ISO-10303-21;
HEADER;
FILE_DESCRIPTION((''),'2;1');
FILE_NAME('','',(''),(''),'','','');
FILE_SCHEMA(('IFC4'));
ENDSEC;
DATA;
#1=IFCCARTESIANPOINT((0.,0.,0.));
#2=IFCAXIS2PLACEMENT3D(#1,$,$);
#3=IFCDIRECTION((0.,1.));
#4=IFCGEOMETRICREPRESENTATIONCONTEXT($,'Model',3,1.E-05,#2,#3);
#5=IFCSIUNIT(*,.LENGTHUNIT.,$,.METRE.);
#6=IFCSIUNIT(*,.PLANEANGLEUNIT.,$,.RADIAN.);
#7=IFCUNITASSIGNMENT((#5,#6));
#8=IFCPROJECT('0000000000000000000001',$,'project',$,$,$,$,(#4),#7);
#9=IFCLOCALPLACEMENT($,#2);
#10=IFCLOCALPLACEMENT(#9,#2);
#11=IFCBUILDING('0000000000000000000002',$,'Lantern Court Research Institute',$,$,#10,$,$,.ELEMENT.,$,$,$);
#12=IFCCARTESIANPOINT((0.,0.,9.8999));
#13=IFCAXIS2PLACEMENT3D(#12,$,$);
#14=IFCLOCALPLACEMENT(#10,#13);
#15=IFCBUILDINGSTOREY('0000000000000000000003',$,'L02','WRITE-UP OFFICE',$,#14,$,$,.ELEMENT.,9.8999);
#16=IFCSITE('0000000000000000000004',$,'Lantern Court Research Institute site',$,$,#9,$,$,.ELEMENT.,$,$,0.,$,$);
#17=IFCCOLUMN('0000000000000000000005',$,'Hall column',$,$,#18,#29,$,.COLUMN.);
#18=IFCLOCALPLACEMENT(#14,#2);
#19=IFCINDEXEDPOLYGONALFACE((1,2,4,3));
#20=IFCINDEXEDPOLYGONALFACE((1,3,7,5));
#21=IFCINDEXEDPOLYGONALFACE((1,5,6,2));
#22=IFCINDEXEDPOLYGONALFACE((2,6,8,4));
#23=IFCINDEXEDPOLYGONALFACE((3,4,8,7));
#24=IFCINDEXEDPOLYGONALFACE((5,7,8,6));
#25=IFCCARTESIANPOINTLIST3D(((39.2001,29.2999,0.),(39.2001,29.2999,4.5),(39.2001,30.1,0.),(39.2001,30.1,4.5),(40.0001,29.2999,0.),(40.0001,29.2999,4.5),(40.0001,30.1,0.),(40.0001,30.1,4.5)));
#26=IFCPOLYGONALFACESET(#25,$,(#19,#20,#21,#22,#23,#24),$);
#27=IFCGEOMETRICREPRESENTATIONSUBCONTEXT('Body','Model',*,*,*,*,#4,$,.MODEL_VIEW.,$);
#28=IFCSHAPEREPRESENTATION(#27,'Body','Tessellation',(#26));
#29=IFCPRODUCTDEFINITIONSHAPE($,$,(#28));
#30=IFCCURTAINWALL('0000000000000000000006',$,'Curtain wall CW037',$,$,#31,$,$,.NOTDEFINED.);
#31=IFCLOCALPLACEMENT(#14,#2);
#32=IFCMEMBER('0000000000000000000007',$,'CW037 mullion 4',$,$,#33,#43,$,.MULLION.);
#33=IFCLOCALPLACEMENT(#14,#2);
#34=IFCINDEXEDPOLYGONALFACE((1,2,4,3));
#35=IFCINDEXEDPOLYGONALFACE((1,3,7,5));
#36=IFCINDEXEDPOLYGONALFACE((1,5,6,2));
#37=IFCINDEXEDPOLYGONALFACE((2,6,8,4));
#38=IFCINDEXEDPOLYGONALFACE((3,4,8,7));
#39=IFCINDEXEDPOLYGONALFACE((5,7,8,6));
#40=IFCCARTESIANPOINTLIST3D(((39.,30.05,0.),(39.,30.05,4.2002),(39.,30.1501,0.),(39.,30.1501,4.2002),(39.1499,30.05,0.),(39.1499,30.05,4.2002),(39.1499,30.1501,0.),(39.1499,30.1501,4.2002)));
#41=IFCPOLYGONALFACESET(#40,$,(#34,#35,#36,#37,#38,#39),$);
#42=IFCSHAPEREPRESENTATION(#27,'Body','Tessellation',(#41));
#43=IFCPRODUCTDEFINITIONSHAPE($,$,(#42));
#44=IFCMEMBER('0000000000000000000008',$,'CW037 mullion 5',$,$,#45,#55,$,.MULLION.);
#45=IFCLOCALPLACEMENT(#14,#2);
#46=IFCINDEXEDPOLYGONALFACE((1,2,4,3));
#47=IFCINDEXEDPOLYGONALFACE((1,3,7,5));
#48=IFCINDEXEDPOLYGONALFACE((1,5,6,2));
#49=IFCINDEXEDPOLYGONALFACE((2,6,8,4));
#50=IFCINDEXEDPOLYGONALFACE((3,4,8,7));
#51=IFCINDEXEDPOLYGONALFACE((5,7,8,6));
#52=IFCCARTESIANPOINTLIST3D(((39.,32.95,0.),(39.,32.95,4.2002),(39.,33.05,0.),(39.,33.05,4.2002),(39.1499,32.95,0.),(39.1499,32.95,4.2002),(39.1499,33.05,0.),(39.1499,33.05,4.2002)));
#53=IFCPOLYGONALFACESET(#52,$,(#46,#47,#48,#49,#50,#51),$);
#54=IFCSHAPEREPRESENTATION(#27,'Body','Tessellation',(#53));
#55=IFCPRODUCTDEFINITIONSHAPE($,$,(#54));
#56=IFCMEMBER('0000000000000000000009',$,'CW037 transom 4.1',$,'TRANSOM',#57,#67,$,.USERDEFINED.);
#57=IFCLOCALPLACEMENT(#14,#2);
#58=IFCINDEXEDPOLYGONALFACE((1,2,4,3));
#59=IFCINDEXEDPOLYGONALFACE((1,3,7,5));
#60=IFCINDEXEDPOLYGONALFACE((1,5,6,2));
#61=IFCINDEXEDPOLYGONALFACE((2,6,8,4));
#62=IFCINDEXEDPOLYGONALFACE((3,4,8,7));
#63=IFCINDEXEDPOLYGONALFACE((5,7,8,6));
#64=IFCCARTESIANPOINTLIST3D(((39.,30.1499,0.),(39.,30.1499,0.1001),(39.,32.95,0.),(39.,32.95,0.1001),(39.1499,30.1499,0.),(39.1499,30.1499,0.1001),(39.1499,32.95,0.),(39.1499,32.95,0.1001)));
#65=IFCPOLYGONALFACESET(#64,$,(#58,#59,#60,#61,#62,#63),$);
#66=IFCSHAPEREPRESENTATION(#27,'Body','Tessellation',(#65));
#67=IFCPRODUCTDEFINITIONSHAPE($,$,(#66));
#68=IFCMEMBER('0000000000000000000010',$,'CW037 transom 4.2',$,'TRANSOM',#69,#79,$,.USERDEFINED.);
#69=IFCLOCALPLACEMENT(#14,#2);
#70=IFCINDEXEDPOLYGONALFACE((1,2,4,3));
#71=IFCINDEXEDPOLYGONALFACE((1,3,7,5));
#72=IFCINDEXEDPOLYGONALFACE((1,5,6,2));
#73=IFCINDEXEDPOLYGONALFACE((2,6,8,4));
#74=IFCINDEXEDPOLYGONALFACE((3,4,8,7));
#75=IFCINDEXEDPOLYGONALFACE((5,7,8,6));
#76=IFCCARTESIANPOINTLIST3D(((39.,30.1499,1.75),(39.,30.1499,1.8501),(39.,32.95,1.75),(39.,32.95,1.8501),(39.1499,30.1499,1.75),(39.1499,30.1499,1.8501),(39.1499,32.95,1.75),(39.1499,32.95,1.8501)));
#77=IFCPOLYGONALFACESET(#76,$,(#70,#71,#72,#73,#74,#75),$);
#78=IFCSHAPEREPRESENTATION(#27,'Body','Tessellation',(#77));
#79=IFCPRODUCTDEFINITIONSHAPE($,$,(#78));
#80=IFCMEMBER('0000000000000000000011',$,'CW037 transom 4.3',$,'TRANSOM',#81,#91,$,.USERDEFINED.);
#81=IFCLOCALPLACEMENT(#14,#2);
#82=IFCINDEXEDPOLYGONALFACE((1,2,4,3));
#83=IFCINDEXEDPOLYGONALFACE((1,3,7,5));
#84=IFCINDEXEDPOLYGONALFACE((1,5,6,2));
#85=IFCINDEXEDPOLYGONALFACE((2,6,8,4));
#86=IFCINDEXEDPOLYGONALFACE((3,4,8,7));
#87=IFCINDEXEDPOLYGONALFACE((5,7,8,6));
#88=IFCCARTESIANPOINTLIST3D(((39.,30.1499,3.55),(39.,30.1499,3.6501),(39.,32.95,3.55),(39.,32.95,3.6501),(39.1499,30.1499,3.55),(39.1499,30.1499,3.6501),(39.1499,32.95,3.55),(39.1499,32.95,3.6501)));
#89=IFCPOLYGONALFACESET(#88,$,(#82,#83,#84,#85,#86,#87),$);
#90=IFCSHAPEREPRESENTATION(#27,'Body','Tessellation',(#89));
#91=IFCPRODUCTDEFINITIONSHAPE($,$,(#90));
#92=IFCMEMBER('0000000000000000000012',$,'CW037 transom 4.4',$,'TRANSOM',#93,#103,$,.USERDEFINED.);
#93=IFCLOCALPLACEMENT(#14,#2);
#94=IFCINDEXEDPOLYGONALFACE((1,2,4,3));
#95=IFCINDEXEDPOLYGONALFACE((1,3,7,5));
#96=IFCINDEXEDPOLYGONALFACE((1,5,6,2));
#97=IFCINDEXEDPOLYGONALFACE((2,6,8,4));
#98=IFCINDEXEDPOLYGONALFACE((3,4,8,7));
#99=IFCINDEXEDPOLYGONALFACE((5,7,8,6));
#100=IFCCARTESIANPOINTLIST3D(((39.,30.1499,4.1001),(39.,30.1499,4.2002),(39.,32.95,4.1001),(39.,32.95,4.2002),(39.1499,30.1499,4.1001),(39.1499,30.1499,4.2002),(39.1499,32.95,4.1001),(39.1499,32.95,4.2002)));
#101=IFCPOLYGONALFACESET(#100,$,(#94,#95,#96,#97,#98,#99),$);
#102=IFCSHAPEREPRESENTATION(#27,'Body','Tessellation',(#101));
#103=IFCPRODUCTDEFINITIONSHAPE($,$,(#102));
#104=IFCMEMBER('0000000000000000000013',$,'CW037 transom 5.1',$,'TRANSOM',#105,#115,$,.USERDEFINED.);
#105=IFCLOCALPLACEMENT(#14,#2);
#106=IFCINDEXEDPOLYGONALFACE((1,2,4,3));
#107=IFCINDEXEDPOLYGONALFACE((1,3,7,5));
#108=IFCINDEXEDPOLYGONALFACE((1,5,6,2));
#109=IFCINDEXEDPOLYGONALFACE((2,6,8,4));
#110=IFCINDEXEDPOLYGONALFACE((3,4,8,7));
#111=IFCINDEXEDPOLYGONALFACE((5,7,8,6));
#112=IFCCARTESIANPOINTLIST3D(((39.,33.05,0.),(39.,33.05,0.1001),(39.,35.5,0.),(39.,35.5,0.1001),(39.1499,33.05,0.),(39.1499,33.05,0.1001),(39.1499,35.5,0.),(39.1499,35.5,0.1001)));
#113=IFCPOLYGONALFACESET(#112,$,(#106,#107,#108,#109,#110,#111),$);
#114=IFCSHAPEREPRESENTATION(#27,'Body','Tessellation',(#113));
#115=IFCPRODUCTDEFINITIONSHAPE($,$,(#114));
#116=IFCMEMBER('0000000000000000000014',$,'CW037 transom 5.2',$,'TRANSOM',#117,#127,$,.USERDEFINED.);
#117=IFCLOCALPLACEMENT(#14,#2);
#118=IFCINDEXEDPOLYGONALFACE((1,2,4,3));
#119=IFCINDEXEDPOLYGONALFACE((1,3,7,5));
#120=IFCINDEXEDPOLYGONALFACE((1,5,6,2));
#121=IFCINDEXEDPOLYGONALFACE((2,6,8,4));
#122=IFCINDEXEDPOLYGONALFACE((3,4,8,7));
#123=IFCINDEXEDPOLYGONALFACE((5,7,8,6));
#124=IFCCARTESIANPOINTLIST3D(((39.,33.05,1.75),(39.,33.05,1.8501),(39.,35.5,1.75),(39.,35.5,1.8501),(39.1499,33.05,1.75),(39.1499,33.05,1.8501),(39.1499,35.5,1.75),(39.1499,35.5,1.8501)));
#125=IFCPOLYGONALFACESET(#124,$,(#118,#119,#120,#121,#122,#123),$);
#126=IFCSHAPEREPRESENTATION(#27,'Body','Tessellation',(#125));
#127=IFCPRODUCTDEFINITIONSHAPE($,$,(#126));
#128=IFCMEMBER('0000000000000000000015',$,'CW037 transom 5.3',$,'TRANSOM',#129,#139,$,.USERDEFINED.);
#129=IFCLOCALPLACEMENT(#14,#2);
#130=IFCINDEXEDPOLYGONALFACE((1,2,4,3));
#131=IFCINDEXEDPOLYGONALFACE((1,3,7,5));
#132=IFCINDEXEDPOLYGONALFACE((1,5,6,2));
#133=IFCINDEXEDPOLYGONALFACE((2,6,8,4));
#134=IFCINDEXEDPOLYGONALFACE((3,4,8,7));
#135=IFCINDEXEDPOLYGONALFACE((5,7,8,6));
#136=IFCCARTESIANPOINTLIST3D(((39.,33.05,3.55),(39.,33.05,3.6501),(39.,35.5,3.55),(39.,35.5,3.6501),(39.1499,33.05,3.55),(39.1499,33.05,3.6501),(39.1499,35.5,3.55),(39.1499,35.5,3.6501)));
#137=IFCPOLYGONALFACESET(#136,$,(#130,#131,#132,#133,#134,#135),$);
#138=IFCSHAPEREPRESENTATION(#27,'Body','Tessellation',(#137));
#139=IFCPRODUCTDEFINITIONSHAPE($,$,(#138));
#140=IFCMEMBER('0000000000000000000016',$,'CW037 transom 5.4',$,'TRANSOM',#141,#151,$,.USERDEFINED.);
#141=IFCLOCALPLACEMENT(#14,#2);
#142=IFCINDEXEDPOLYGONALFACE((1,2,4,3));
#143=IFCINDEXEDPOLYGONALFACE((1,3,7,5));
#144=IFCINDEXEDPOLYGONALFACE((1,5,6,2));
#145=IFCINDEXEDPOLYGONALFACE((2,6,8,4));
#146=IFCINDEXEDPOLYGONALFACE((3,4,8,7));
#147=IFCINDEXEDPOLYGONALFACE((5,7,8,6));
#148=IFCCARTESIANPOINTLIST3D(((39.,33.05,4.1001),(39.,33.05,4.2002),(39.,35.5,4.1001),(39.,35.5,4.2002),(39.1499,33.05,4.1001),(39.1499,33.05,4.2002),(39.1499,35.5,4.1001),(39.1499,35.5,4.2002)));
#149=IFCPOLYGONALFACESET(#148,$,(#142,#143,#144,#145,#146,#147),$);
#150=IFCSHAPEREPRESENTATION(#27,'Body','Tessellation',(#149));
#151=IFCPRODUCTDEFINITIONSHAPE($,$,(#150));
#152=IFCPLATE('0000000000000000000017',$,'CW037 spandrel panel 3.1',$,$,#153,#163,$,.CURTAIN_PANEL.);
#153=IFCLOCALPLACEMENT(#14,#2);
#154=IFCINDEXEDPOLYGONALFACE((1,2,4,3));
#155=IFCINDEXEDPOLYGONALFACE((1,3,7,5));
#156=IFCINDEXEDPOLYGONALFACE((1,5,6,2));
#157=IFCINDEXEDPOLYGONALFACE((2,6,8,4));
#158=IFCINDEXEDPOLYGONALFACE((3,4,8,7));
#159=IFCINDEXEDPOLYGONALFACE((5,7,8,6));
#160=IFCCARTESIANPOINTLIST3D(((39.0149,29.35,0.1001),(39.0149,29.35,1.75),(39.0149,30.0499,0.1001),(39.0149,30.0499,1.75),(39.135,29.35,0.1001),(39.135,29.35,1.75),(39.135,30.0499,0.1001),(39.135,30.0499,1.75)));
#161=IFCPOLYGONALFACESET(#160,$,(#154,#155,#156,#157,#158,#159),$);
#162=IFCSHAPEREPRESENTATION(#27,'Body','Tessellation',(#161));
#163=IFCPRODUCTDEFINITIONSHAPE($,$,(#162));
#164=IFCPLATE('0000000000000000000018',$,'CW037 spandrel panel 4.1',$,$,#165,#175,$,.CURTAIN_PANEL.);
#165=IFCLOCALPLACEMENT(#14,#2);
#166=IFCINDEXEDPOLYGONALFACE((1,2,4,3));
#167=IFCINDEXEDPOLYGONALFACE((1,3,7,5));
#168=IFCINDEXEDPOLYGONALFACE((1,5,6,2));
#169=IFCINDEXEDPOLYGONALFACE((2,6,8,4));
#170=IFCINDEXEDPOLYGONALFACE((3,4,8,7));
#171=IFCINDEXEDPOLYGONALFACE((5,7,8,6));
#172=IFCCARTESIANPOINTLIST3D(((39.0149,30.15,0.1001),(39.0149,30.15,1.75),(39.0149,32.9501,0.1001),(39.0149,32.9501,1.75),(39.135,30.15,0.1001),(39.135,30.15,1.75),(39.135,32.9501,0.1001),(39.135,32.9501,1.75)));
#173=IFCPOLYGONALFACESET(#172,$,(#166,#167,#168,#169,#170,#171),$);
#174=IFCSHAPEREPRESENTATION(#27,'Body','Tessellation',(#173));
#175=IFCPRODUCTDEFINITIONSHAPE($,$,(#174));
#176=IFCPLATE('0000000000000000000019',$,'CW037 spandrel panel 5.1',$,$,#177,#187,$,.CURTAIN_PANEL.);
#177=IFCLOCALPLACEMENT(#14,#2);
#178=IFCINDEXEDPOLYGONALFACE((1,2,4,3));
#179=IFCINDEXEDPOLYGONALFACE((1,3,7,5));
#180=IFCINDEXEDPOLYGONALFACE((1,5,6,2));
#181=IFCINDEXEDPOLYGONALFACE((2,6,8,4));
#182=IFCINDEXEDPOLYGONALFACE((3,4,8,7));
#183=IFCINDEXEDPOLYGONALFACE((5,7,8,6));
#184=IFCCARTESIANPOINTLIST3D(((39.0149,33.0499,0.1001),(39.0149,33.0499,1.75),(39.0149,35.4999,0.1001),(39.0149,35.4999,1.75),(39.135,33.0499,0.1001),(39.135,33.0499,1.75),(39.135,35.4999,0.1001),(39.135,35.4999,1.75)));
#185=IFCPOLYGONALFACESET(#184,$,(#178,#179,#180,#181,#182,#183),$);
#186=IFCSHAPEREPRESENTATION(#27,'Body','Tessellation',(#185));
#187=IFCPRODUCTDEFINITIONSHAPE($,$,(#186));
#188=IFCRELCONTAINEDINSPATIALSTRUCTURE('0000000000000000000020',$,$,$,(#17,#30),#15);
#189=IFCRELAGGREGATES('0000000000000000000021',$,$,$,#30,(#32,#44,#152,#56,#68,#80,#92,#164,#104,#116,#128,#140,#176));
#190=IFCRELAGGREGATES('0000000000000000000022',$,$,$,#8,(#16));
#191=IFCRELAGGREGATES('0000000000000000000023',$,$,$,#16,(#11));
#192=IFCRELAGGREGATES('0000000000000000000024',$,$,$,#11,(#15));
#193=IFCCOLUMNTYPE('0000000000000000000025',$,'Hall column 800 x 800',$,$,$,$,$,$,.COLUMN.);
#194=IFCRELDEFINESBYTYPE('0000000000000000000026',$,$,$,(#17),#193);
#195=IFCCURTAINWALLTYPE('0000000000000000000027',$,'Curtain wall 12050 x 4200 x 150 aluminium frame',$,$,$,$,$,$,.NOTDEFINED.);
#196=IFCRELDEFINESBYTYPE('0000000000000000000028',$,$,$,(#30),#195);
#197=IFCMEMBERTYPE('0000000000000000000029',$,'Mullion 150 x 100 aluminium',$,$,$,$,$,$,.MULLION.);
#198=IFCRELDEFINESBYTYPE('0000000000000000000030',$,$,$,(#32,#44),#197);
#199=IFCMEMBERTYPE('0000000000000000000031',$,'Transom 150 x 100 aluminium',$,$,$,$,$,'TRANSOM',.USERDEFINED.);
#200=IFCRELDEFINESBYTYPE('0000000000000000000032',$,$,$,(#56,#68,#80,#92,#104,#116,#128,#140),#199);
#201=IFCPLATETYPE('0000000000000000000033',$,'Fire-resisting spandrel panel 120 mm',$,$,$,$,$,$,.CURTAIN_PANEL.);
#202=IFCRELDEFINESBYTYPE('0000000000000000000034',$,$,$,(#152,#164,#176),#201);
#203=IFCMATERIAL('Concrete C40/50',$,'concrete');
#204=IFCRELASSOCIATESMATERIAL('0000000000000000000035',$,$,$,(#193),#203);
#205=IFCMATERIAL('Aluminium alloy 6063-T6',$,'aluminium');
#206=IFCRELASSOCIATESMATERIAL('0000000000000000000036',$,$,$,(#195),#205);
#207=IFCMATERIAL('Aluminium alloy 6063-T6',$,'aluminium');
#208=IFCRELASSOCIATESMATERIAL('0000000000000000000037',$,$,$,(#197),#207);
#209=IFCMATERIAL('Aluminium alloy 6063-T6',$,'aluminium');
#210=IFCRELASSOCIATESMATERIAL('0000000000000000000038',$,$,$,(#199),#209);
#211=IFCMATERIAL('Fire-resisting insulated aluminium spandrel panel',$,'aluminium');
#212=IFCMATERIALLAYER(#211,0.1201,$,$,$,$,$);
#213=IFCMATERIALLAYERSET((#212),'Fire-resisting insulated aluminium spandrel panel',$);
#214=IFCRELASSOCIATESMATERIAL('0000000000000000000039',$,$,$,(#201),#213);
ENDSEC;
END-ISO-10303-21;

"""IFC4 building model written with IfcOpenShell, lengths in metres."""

from ifc_helpers import new_model, si_unit, direction, frame, origin, origin_2d, place, context, subcontext, project, spatial, rectangle, extrude, material, layer, layer_set, material_profile, profile_set, type_object, element, aggregate, save


model = new_model("IFC4")

# Units and contexts
model_context = context("Model", 3, precision=1e-05, world=origin(), true_north=direction((0.0, 1.0)))
body_context = subcontext(model_context, "Body", "Model", "MODEL_VIEW")
ifc_project = project(units=[si_unit("LENGTHUNIT", "METRE"), si_unit("PLANEANGLEUNIT", "RADIAN")], contexts=[model_context])

# Site, building, storey
site_placement = place(None, origin())
site = spatial("IfcSite", under=ifc_project, at=site_placement, Name="Lantern Court Research Institute site", CompositionType="ELEMENT", RefElevation=0.0)
building_placement = place(site_placement, origin())
building = spatial("IfcBuilding", under=site, at=building_placement, Name="Lantern Court Research Institute", CompositionType="ELEMENT")
storey_placement = place(building_placement, frame((0.0, 0.0, 9.8999)))
storey = spatial("IfcBuildingStorey", under=building, at=storey_placement, Name="L02", Description="WRITE-UP OFFICE", CompositionType="ELEMENT", Elevation=9.8999)

# Column
ifc_material_1 = material(Name="Concrete C40/50", Category="concrete")
ifc_material_profile_1 = material_profile(ifc_material_1, rectangle(XDim=0.8, YDim=0.8, at=origin_2d()), Name="Hall column 800 x 800")
ifc_profile_set_1 = profile_set([ifc_material_profile_1], Name="Concrete C40/50")
column_type = type_object("IfcColumnType", Name="Hall column 800 x 800", PredefinedType="COLUMN", material=ifc_profile_set_1)
column_placement = place(storey_placement, frame((39.6001, 29.7, 0.0), z_axis=(0.0, 0.0, 1.0), x_axis=(1.0, 0.0, 0.0)))
element("IfcColumn", 1, at=column_placement, inside=storey, type_object=column_type, Name="Hall column", PredefinedType="COLUMN", context=body_context, shape_type="SweptSolid", body=[
    extrude(rectangle(XDim=0.8, YDim=0.8, at=origin_2d()), origin(), (0.0, 0.0, 1.0), 4.5),
])

# Curtain wall, members, plates
ifc_material_2 = material(Name="Aluminium alloy 6063-T6", Category="aluminium")
curtain_wall_type = type_object("IfcCurtainWallType", Name="Curtain wall 12050 x 4200 x 150 aluminium frame", PredefinedType="NOTDEFINED", material=ifc_material_2)
curtain_wall_placement = place(storey_placement, origin())
curtain_wall = element("IfcCurtainWall", 2, at=curtain_wall_placement, inside=storey, type_object=curtain_wall_type, Name="Curtain wall CW037", PredefinedType="NOTDEFINED")
ifc_material_3 = material(Name="Aluminium alloy 6063-T6", Category="aluminium")
ifc_material_profile_2 = material_profile(ifc_material_3, rectangle(XDim=0.1499, YDim=0.1001, at=origin_2d()), Name="Mullion 150 x 100")
ifc_profile_set_2 = profile_set([ifc_material_profile_2], Name="Aluminium alloy 6063-T6")
member_type_1 = type_object("IfcMemberType", Name="Mullion 150 x 100 aluminium", PredefinedType="MULLION", material=ifc_profile_set_2)
member_1_placement = place(storey_placement, frame((39.075, 30.1001, 0.0), z_axis=(0.0, 0.0, 1.0), x_axis=(-1.0, 0.0, 0.0)))
member_1 = element("IfcMember", 3, at=member_1_placement, type_object=member_type_1, Name="CW037 mullion 4", PredefinedType="MULLION", context=body_context, shape_type="SweptSolid", body=[
    extrude(rectangle(XDim=0.1499, YDim=0.1001, at=origin_2d()), origin(), (0.0, 0.0, 1.0), 4.2002),
])
member_2_placement = place(storey_placement, frame((39.075, 33.0, 0.0), z_axis=(0.0, 0.0, 1.0), x_axis=(-1.0, 0.0, 0.0)))
member_2 = element("IfcMember", 4, at=member_2_placement, type_object=member_type_1, Name="CW037 mullion 5", PredefinedType="MULLION", context=body_context, shape_type="SweptSolid", body=[
    extrude(rectangle(XDim=0.1499, YDim=0.1001, at=origin_2d()), origin(), (0.0, 0.0, 1.0), 4.2002),
])
ifc_material_4 = material(Name="Aluminium alloy 6063-T6", Category="aluminium")
ifc_material_profile_3 = material_profile(ifc_material_4, rectangle(XDim=0.1499, YDim=0.1001, at=origin_2d()), Name="Transom 150 x 100")
ifc_profile_set_3 = profile_set([ifc_material_profile_3], Name="Aluminium alloy 6063-T6")
member_type_2 = type_object("IfcMemberType", Name="Transom 150 x 100 aluminium", ElementType="TRANSOM", PredefinedType="USERDEFINED", material=ifc_profile_set_3)
member_3_placement = place(storey_placement, frame((39.075, 30.1499, 0.05), z_axis=(0.0, 1.0, 0.0), x_axis=(-1.0, 0.0, 0.0)))
member_3 = element("IfcMember", 5, at=member_3_placement, type_object=member_type_2, Name="CW037 transom 4.1", ObjectType="TRANSOM", PredefinedType="USERDEFINED", context=body_context, shape_type="SweptSolid", body=[
    extrude(rectangle(XDim=0.1499, YDim=0.1001, at=origin_2d()), origin(), (0.0, 0.0, 1.0), 2.8),
])
member_4_placement = place(storey_placement, frame((39.075, 30.1499, 1.8), z_axis=(0.0, 1.0, 0.0), x_axis=(-1.0, 0.0, 0.0)))
member_4 = element("IfcMember", 6, at=member_4_placement, type_object=member_type_2, Name="CW037 transom 4.2", ObjectType="TRANSOM", PredefinedType="USERDEFINED", context=body_context, shape_type="SweptSolid", body=[
    extrude(rectangle(XDim=0.1499, YDim=0.1001, at=origin_2d()), origin(), (0.0, 0.0, 1.0), 2.8),
])
member_5_placement = place(storey_placement, frame((39.075, 30.1499, 3.6001), z_axis=(0.0, 1.0, 0.0), x_axis=(-1.0, 0.0, 0.0)))
member_5 = element("IfcMember", 7, at=member_5_placement, type_object=member_type_2, Name="CW037 transom 4.3", ObjectType="TRANSOM", PredefinedType="USERDEFINED", context=body_context, shape_type="SweptSolid", body=[
    extrude(rectangle(XDim=0.1499, YDim=0.1001, at=origin_2d()), origin(), (0.0, 0.0, 1.0), 2.8),
])
member_6_placement = place(storey_placement, frame((39.075, 30.1499, 4.1501), z_axis=(0.0, 1.0, 0.0), x_axis=(-1.0, 0.0, 0.0)))
member_6 = element("IfcMember", 8, at=member_6_placement, type_object=member_type_2, Name="CW037 transom 4.4", ObjectType="TRANSOM", PredefinedType="USERDEFINED", context=body_context, shape_type="SweptSolid", body=[
    extrude(rectangle(XDim=0.1499, YDim=0.1001, at=origin_2d()), origin(), (0.0, 0.0, 1.0), 2.8),
])
member_7_placement = place(storey_placement, frame((39.075, 33.05, 0.05), z_axis=(0.0, 1.0, 0.0), x_axis=(-1.0, 0.0, 0.0)))
member_7 = element("IfcMember", 9, at=member_7_placement, type_object=member_type_2, Name="CW037 transom 5.1", ObjectType="TRANSOM", PredefinedType="USERDEFINED", context=body_context, shape_type="SweptSolid", body=[
    extrude(rectangle(XDim=0.1499, YDim=0.1001, at=origin_2d()), origin(), (0.0, 0.0, 1.0), 2.45),
])
member_8_placement = place(storey_placement, frame((39.075, 33.05, 1.8), z_axis=(0.0, 1.0, 0.0), x_axis=(-1.0, 0.0, 0.0)))
member_8 = element("IfcMember", 10, at=member_8_placement, type_object=member_type_2, Name="CW037 transom 5.2", ObjectType="TRANSOM", PredefinedType="USERDEFINED", context=body_context, shape_type="SweptSolid", body=[
    extrude(rectangle(XDim=0.1499, YDim=0.1001, at=origin_2d()), origin(), (0.0, 0.0, 1.0), 2.45),
])
member_9_placement = place(storey_placement, frame((39.075, 33.05, 3.6001), z_axis=(0.0, 1.0, 0.0), x_axis=(-1.0, 0.0, 0.0)))
member_9 = element("IfcMember", 11, at=member_9_placement, type_object=member_type_2, Name="CW037 transom 5.3", ObjectType="TRANSOM", PredefinedType="USERDEFINED", context=body_context, shape_type="SweptSolid", body=[
    extrude(rectangle(XDim=0.1499, YDim=0.1001, at=origin_2d()), origin(), (0.0, 0.0, 1.0), 2.45),
])
member_10_placement = place(storey_placement, frame((39.075, 33.05, 4.1501), z_axis=(0.0, 1.0, 0.0), x_axis=(-1.0, 0.0, 0.0)))
member_10 = element("IfcMember", 12, at=member_10_placement, type_object=member_type_2, Name="CW037 transom 5.4", ObjectType="TRANSOM", PredefinedType="USERDEFINED", context=body_context, shape_type="SweptSolid", body=[
    extrude(rectangle(XDim=0.1499, YDim=0.1001, at=origin_2d()), origin(), (0.0, 0.0, 1.0), 2.45),
])
ifc_material_5 = material(Name="Fire-resisting insulated aluminium spandrel panel", Category="aluminium")
ifc_layer_1 = layer(ifc_material_5, 0.1201)
ifc_layer_set_1 = layer_set([ifc_layer_1], Name="Fire-resisting insulated aluminium spandrel panel")
plate_type_1 = type_object("IfcPlateType", Name="Fire-resisting spandrel panel 120 mm", PredefinedType="CURTAIN_PANEL", material=ifc_layer_set_1)
plate_1_placement = place(storey_placement, frame((39.075, 29.7, 0.1001), z_axis=(0.0, 0.0, 1.0), x_axis=(0.0, 1.0, 0.0)))
plate_1 = element("IfcPlate", 13, at=plate_1_placement, type_object=plate_type_1, Name="CW037 spandrel panel 3.1", PredefinedType="CURTAIN_PANEL", context=body_context, shape_type="SweptSolid", body=[
    extrude(rectangle(XDim=0.7, YDim=0.1201, at=origin_2d()), origin(), (0.0, 0.0, 1.0), 1.6499),
])
plate_2_placement = place(storey_placement, frame((39.075, 31.55, 0.1001), z_axis=(0.0, 0.0, 1.0), x_axis=(0.0, 1.0, 0.0)))
plate_2 = element("IfcPlate", 14, at=plate_2_placement, type_object=plate_type_1, Name="CW037 spandrel panel 4.1", PredefinedType="CURTAIN_PANEL", context=body_context, shape_type="SweptSolid", body=[
    extrude(rectangle(XDim=2.8, YDim=0.1201, at=origin_2d()), origin(), (0.0, 0.0, 1.0), 1.6499),
])
plate_3_placement = place(storey_placement, frame((39.075, 34.2749, 0.1001), z_axis=(0.0, 0.0, 1.0), x_axis=(0.0, 1.0, 0.0)))
plate_3 = element("IfcPlate", 15, at=plate_3_placement, type_object=plate_type_1, Name="CW037 spandrel panel 5.1", PredefinedType="CURTAIN_PANEL", context=body_context, shape_type="SweptSolid", body=[
    extrude(rectangle(XDim=2.45, YDim=0.1201, at=origin_2d()), origin(), (0.0, 0.0, 1.0), 1.6499),
])
aggregate(curtain_wall, [member_1, member_2, plate_1, member_3, member_4, member_5, member_6, plate_2, member_7, member_8, member_9, member_10, plate_3])

save(model, "model.ifc")
